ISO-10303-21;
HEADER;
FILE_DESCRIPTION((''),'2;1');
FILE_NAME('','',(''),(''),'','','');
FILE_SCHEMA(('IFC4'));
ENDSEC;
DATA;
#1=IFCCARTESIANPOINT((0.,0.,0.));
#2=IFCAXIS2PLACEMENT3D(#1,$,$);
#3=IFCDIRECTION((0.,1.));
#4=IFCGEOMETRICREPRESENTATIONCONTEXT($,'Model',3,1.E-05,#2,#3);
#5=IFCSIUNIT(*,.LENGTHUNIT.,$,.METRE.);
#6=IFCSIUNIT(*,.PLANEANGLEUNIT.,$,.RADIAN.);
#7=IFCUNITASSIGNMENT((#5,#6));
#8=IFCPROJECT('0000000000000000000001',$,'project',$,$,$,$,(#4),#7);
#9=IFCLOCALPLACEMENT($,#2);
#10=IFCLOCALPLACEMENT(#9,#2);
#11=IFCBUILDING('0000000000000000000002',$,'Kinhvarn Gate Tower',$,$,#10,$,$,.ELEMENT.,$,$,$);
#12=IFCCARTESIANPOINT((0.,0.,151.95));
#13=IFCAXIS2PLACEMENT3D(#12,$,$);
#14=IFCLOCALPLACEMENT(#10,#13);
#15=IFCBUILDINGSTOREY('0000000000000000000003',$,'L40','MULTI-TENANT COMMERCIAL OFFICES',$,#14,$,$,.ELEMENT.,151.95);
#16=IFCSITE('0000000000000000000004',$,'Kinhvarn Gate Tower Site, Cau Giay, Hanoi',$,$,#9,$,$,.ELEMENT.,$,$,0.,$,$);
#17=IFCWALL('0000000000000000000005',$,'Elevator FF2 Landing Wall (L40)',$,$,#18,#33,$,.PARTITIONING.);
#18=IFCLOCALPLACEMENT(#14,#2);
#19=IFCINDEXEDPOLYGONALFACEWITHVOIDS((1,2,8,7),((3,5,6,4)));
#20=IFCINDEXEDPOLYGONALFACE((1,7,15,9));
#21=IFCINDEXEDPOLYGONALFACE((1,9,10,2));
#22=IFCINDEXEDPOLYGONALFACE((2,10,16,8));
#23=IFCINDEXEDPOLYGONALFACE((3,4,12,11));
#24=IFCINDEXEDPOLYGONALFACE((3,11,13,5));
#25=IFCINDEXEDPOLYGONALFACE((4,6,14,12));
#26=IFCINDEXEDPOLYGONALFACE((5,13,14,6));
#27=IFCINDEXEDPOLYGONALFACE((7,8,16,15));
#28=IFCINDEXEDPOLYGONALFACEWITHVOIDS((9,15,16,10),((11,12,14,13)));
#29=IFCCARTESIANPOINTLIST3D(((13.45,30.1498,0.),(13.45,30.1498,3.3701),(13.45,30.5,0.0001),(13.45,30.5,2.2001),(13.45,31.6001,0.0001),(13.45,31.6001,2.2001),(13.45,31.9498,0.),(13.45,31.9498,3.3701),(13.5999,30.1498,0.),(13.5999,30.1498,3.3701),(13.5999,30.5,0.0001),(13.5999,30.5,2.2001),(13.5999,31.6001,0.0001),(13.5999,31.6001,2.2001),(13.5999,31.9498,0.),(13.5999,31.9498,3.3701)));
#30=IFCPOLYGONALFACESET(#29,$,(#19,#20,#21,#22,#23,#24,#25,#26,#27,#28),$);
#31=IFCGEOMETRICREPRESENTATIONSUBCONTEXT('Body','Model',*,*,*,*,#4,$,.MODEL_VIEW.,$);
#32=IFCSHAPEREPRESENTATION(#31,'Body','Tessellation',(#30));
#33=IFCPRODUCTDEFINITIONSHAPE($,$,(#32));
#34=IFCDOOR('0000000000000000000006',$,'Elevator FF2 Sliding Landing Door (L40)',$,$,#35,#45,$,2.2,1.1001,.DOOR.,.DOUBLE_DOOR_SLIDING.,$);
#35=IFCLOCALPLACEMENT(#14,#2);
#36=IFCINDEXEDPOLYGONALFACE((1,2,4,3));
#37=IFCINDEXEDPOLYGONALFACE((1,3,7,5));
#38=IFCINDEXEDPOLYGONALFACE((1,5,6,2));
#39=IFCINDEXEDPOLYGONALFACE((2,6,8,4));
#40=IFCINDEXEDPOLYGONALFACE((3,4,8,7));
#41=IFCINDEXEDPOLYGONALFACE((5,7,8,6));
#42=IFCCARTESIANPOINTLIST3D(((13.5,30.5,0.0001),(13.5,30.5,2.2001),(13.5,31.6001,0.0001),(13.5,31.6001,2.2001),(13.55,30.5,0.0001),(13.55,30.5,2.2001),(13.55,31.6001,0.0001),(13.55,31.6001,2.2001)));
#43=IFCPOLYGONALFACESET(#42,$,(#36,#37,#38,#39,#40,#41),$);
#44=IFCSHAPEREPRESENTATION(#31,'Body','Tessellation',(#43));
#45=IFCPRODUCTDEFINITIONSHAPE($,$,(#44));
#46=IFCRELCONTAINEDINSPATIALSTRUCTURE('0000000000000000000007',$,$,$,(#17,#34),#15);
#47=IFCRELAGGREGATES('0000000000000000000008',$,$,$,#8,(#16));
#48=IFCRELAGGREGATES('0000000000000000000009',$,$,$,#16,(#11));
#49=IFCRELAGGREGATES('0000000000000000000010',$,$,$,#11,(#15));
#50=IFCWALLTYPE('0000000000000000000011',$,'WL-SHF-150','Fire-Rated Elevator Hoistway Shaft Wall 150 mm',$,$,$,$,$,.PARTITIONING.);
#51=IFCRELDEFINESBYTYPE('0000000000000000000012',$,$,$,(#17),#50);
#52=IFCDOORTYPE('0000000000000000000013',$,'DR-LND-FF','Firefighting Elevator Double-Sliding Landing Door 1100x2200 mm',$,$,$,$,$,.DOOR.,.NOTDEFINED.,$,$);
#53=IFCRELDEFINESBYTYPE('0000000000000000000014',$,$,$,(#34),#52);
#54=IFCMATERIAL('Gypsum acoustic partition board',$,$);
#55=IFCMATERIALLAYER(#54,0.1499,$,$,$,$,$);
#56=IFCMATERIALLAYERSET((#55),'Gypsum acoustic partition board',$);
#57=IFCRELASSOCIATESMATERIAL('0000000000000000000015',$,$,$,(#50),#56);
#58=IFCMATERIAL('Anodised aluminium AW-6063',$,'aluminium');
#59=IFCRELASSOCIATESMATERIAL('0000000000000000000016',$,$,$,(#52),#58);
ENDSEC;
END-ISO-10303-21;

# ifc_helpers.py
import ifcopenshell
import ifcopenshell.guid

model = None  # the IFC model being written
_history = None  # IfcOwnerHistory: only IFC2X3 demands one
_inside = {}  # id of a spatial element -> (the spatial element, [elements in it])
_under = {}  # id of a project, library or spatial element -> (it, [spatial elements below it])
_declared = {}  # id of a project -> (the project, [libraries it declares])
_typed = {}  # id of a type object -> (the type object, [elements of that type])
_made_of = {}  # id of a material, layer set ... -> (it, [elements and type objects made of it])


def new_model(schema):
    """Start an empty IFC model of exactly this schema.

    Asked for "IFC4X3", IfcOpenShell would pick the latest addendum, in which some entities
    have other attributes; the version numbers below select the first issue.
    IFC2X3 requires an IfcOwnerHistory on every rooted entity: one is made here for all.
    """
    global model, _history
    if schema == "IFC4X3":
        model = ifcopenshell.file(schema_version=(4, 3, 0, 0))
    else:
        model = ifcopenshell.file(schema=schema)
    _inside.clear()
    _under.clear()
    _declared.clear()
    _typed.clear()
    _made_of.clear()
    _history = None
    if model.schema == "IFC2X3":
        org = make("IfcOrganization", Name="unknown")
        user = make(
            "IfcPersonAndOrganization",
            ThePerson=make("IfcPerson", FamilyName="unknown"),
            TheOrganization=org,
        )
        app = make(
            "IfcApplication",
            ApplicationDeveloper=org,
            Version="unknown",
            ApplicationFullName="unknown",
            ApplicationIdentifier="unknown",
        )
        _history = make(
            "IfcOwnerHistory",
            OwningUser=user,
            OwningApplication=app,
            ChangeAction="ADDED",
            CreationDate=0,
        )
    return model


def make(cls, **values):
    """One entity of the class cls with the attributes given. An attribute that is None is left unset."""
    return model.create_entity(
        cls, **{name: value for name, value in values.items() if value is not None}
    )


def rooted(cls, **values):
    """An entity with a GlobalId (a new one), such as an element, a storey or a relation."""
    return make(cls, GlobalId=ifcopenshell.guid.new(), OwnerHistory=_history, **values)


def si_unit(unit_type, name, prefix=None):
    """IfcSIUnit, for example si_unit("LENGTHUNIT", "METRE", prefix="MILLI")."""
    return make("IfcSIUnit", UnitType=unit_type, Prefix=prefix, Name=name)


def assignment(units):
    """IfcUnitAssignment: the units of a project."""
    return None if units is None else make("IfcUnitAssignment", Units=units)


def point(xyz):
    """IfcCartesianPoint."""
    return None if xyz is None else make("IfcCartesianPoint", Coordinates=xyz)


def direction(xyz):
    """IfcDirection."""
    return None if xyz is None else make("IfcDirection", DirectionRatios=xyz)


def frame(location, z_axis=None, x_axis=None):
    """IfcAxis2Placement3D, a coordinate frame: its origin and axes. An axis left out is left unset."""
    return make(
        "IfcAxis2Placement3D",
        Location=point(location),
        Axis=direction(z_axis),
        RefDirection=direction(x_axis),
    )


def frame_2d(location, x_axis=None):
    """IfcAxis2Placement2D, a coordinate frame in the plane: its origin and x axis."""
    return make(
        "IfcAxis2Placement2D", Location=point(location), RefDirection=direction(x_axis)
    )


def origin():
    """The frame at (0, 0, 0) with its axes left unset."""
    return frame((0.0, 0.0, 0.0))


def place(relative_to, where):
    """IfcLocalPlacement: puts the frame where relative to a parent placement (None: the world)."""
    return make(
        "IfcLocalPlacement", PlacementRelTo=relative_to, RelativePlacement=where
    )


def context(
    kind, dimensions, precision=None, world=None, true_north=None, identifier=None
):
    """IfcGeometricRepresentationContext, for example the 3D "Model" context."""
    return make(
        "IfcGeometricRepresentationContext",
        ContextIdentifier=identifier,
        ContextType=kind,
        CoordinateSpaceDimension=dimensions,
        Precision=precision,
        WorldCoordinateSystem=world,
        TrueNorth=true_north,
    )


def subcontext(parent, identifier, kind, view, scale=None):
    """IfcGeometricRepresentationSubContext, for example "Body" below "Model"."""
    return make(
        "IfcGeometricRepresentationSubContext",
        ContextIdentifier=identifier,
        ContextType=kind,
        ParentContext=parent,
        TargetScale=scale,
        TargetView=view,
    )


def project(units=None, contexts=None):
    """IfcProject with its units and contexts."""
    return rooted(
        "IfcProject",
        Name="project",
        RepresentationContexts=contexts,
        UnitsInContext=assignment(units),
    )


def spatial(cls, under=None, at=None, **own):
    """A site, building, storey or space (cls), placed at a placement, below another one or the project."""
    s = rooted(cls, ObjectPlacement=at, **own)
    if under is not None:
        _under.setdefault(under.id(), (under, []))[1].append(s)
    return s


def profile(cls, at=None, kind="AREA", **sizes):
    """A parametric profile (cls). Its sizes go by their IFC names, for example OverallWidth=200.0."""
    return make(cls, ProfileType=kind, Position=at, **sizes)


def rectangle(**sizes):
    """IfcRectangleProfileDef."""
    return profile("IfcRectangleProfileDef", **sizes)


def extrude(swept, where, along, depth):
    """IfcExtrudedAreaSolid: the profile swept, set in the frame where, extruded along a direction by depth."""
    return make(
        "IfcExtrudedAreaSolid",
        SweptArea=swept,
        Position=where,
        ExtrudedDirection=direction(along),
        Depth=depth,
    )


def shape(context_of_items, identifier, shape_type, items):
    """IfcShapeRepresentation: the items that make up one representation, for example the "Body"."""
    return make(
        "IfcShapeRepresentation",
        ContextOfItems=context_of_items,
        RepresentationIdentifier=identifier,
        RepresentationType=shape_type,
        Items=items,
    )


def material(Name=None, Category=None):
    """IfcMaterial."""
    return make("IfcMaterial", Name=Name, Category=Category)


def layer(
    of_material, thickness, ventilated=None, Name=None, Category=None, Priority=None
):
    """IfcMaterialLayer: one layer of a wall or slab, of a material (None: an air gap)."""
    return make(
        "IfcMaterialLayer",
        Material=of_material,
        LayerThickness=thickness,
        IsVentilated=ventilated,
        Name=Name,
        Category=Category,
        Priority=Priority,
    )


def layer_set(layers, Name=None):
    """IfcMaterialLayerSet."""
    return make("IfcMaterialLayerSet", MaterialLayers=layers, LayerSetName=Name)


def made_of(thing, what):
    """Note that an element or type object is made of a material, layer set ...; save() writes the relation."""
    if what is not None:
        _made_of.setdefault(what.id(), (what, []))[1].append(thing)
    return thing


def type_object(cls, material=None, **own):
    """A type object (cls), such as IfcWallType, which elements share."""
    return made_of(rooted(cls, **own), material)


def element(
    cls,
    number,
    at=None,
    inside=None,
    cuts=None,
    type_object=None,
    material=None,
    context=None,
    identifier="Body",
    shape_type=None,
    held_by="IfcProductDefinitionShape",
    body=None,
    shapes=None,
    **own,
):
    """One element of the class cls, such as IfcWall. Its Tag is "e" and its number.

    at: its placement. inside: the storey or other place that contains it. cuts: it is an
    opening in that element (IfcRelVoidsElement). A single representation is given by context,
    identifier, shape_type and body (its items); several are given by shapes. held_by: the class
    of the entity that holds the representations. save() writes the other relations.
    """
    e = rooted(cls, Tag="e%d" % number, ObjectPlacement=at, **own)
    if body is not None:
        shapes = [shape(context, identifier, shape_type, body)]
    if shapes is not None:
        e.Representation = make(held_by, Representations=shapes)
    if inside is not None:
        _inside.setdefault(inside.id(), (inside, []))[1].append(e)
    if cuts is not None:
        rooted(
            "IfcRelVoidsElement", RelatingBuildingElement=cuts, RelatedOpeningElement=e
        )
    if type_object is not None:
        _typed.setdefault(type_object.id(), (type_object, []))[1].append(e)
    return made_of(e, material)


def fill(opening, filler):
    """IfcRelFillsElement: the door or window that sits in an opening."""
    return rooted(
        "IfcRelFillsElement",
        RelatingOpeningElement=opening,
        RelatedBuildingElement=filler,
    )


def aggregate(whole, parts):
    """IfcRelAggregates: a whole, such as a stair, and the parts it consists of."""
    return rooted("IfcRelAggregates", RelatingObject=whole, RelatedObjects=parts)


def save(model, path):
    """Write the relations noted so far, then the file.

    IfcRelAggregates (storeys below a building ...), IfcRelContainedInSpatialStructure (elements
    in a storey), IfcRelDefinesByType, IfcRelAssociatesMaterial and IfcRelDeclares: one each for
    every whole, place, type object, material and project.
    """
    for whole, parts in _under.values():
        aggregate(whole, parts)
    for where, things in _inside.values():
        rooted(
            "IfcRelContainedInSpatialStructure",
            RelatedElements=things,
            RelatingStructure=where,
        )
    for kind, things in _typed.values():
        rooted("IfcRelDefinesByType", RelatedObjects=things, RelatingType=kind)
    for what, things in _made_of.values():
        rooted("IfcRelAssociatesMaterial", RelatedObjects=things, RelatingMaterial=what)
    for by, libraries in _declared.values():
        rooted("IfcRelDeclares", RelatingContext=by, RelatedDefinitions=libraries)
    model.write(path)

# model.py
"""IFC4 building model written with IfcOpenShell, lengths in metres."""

from ifc_helpers import new_model, si_unit, direction, frame, frame_2d, origin, place, context, subcontext, project, spatial, rectangle, extrude, material, layer, layer_set, type_object, element, fill, save


model = new_model("IFC4")

# Units and contexts
model_context = context("Model", 3, precision=1e-05, world=origin(), true_north=direction((0.0, 1.0)))
body_context = subcontext(model_context, "Body", "Model", "MODEL_VIEW")
ifc_project = project(units=[si_unit("LENGTHUNIT", "METRE"), si_unit("PLANEANGLEUNIT", "RADIAN")], contexts=[model_context])

# Site, building, storey
site_placement = place(None, origin())
site = spatial("IfcSite", under=ifc_project, at=site_placement, Name="Kinhvarn Gate Tower Site, Cau Giay, Hanoi", CompositionType="ELEMENT", RefElevation=0.0)
building_placement = place(site_placement, origin())
building = spatial("IfcBuilding", under=site, at=building_placement, Name="Kinhvarn Gate Tower", CompositionType="ELEMENT")
storey_placement = place(building_placement, frame((0.0, 0.0, 151.95)))
storey = spatial("IfcBuildingStorey", under=building, at=storey_placement, Name="L40", Description="MULTI-TENANT COMMERCIAL OFFICES", CompositionType="ELEMENT", Elevation=151.95)

# Shared definitions
ifc_material_1 = material(Name="Gypsum acoustic partition board")

# Shared definitions
ifc_layer_1 = layer(ifc_material_1, 0.1499)
ifc_layer_set_1 = layer_set([ifc_layer_1], Name="Gypsum acoustic partition board")
wall_type_1 = type_object("IfcWallType", Name="WL-SHF-150", Description="Fire-Rated Elevator Hoistway Shaft Wall 150 mm", PredefinedType="PARTITIONING", material=ifc_layer_set_1)
ifc_material_2 = material(Name="Anodised aluminium AW-6063", Category="aluminium")

# Wall, opening, door
wall_1_placement = place(storey_placement, frame((13.5249, 30.1499, 0.0), z_axis=(0.0, 0.0, 1.0), x_axis=(0.0, 1.0, 0.0)))
wall_1 = element("IfcWall", 1, at=wall_1_placement, inside=storey, type_object=wall_type_1, Name="Elevator FF2 Landing Wall (L40)", PredefinedType="PARTITIONING", context=body_context, shape_type="SweptSolid", body=[
    extrude(rectangle(XDim=1.8, YDim=0.1499, at=frame_2d((0.8999, 0.0))), origin(), (0.0, 0.0, 1.0), 3.3701),
])
opening_1_placement = place(wall_1_placement, frame((0.3501, 0.0, 0.0)))
opening_1 = element("IfcOpeningElement", 2, at=opening_1_placement, cuts=wall_1, PredefinedType="OPENING", context=body_context, shape_type="SweptSolid", body=[
    extrude(rectangle(XDim=1.1001, YDim=2.2, at=frame_2d((0.55, 1.1001))), frame((0.0, 0.085, 0.0), z_axis=(0.0, -1.0, 0.0), x_axis=(1.0, 0.0, 0.0)), (0.0, 0.0, 1.0), 0.1699),
])
door_type_1 = type_object("IfcDoorType", Name="DR-LND-FF", Description="Firefighting Elevator Double-Sliding Landing Door 1100x2200 mm", OperationType="NOTDEFINED", PredefinedType="DOOR", material=ifc_material_2)
door_1_placement = place(opening_1_placement, origin())
door_1 = element("IfcDoor", 3, at=door_1_placement, inside=storey, type_object=door_type_1, Name="Elevator FF2 Sliding Landing Door (L40)", OperationType="DOUBLE_DOOR_SLIDING", OverallHeight=2.2, OverallWidth=1.1001, PredefinedType="DOOR", context=body_context, shape_type="SweptSolid", body=[
    extrude(rectangle(XDim=1.1001, YDim=2.2, at=frame_2d((0.55, 1.1001))), frame((0.0, 0.0249, 0.0), z_axis=(0.0, -1.0, 0.0), x_axis=(1.0, 0.0, 0.0)), (0.0, 0.0, 1.0), 0.05),
])
fill(opening_1, door_1)

save(model, "model.ifc")
